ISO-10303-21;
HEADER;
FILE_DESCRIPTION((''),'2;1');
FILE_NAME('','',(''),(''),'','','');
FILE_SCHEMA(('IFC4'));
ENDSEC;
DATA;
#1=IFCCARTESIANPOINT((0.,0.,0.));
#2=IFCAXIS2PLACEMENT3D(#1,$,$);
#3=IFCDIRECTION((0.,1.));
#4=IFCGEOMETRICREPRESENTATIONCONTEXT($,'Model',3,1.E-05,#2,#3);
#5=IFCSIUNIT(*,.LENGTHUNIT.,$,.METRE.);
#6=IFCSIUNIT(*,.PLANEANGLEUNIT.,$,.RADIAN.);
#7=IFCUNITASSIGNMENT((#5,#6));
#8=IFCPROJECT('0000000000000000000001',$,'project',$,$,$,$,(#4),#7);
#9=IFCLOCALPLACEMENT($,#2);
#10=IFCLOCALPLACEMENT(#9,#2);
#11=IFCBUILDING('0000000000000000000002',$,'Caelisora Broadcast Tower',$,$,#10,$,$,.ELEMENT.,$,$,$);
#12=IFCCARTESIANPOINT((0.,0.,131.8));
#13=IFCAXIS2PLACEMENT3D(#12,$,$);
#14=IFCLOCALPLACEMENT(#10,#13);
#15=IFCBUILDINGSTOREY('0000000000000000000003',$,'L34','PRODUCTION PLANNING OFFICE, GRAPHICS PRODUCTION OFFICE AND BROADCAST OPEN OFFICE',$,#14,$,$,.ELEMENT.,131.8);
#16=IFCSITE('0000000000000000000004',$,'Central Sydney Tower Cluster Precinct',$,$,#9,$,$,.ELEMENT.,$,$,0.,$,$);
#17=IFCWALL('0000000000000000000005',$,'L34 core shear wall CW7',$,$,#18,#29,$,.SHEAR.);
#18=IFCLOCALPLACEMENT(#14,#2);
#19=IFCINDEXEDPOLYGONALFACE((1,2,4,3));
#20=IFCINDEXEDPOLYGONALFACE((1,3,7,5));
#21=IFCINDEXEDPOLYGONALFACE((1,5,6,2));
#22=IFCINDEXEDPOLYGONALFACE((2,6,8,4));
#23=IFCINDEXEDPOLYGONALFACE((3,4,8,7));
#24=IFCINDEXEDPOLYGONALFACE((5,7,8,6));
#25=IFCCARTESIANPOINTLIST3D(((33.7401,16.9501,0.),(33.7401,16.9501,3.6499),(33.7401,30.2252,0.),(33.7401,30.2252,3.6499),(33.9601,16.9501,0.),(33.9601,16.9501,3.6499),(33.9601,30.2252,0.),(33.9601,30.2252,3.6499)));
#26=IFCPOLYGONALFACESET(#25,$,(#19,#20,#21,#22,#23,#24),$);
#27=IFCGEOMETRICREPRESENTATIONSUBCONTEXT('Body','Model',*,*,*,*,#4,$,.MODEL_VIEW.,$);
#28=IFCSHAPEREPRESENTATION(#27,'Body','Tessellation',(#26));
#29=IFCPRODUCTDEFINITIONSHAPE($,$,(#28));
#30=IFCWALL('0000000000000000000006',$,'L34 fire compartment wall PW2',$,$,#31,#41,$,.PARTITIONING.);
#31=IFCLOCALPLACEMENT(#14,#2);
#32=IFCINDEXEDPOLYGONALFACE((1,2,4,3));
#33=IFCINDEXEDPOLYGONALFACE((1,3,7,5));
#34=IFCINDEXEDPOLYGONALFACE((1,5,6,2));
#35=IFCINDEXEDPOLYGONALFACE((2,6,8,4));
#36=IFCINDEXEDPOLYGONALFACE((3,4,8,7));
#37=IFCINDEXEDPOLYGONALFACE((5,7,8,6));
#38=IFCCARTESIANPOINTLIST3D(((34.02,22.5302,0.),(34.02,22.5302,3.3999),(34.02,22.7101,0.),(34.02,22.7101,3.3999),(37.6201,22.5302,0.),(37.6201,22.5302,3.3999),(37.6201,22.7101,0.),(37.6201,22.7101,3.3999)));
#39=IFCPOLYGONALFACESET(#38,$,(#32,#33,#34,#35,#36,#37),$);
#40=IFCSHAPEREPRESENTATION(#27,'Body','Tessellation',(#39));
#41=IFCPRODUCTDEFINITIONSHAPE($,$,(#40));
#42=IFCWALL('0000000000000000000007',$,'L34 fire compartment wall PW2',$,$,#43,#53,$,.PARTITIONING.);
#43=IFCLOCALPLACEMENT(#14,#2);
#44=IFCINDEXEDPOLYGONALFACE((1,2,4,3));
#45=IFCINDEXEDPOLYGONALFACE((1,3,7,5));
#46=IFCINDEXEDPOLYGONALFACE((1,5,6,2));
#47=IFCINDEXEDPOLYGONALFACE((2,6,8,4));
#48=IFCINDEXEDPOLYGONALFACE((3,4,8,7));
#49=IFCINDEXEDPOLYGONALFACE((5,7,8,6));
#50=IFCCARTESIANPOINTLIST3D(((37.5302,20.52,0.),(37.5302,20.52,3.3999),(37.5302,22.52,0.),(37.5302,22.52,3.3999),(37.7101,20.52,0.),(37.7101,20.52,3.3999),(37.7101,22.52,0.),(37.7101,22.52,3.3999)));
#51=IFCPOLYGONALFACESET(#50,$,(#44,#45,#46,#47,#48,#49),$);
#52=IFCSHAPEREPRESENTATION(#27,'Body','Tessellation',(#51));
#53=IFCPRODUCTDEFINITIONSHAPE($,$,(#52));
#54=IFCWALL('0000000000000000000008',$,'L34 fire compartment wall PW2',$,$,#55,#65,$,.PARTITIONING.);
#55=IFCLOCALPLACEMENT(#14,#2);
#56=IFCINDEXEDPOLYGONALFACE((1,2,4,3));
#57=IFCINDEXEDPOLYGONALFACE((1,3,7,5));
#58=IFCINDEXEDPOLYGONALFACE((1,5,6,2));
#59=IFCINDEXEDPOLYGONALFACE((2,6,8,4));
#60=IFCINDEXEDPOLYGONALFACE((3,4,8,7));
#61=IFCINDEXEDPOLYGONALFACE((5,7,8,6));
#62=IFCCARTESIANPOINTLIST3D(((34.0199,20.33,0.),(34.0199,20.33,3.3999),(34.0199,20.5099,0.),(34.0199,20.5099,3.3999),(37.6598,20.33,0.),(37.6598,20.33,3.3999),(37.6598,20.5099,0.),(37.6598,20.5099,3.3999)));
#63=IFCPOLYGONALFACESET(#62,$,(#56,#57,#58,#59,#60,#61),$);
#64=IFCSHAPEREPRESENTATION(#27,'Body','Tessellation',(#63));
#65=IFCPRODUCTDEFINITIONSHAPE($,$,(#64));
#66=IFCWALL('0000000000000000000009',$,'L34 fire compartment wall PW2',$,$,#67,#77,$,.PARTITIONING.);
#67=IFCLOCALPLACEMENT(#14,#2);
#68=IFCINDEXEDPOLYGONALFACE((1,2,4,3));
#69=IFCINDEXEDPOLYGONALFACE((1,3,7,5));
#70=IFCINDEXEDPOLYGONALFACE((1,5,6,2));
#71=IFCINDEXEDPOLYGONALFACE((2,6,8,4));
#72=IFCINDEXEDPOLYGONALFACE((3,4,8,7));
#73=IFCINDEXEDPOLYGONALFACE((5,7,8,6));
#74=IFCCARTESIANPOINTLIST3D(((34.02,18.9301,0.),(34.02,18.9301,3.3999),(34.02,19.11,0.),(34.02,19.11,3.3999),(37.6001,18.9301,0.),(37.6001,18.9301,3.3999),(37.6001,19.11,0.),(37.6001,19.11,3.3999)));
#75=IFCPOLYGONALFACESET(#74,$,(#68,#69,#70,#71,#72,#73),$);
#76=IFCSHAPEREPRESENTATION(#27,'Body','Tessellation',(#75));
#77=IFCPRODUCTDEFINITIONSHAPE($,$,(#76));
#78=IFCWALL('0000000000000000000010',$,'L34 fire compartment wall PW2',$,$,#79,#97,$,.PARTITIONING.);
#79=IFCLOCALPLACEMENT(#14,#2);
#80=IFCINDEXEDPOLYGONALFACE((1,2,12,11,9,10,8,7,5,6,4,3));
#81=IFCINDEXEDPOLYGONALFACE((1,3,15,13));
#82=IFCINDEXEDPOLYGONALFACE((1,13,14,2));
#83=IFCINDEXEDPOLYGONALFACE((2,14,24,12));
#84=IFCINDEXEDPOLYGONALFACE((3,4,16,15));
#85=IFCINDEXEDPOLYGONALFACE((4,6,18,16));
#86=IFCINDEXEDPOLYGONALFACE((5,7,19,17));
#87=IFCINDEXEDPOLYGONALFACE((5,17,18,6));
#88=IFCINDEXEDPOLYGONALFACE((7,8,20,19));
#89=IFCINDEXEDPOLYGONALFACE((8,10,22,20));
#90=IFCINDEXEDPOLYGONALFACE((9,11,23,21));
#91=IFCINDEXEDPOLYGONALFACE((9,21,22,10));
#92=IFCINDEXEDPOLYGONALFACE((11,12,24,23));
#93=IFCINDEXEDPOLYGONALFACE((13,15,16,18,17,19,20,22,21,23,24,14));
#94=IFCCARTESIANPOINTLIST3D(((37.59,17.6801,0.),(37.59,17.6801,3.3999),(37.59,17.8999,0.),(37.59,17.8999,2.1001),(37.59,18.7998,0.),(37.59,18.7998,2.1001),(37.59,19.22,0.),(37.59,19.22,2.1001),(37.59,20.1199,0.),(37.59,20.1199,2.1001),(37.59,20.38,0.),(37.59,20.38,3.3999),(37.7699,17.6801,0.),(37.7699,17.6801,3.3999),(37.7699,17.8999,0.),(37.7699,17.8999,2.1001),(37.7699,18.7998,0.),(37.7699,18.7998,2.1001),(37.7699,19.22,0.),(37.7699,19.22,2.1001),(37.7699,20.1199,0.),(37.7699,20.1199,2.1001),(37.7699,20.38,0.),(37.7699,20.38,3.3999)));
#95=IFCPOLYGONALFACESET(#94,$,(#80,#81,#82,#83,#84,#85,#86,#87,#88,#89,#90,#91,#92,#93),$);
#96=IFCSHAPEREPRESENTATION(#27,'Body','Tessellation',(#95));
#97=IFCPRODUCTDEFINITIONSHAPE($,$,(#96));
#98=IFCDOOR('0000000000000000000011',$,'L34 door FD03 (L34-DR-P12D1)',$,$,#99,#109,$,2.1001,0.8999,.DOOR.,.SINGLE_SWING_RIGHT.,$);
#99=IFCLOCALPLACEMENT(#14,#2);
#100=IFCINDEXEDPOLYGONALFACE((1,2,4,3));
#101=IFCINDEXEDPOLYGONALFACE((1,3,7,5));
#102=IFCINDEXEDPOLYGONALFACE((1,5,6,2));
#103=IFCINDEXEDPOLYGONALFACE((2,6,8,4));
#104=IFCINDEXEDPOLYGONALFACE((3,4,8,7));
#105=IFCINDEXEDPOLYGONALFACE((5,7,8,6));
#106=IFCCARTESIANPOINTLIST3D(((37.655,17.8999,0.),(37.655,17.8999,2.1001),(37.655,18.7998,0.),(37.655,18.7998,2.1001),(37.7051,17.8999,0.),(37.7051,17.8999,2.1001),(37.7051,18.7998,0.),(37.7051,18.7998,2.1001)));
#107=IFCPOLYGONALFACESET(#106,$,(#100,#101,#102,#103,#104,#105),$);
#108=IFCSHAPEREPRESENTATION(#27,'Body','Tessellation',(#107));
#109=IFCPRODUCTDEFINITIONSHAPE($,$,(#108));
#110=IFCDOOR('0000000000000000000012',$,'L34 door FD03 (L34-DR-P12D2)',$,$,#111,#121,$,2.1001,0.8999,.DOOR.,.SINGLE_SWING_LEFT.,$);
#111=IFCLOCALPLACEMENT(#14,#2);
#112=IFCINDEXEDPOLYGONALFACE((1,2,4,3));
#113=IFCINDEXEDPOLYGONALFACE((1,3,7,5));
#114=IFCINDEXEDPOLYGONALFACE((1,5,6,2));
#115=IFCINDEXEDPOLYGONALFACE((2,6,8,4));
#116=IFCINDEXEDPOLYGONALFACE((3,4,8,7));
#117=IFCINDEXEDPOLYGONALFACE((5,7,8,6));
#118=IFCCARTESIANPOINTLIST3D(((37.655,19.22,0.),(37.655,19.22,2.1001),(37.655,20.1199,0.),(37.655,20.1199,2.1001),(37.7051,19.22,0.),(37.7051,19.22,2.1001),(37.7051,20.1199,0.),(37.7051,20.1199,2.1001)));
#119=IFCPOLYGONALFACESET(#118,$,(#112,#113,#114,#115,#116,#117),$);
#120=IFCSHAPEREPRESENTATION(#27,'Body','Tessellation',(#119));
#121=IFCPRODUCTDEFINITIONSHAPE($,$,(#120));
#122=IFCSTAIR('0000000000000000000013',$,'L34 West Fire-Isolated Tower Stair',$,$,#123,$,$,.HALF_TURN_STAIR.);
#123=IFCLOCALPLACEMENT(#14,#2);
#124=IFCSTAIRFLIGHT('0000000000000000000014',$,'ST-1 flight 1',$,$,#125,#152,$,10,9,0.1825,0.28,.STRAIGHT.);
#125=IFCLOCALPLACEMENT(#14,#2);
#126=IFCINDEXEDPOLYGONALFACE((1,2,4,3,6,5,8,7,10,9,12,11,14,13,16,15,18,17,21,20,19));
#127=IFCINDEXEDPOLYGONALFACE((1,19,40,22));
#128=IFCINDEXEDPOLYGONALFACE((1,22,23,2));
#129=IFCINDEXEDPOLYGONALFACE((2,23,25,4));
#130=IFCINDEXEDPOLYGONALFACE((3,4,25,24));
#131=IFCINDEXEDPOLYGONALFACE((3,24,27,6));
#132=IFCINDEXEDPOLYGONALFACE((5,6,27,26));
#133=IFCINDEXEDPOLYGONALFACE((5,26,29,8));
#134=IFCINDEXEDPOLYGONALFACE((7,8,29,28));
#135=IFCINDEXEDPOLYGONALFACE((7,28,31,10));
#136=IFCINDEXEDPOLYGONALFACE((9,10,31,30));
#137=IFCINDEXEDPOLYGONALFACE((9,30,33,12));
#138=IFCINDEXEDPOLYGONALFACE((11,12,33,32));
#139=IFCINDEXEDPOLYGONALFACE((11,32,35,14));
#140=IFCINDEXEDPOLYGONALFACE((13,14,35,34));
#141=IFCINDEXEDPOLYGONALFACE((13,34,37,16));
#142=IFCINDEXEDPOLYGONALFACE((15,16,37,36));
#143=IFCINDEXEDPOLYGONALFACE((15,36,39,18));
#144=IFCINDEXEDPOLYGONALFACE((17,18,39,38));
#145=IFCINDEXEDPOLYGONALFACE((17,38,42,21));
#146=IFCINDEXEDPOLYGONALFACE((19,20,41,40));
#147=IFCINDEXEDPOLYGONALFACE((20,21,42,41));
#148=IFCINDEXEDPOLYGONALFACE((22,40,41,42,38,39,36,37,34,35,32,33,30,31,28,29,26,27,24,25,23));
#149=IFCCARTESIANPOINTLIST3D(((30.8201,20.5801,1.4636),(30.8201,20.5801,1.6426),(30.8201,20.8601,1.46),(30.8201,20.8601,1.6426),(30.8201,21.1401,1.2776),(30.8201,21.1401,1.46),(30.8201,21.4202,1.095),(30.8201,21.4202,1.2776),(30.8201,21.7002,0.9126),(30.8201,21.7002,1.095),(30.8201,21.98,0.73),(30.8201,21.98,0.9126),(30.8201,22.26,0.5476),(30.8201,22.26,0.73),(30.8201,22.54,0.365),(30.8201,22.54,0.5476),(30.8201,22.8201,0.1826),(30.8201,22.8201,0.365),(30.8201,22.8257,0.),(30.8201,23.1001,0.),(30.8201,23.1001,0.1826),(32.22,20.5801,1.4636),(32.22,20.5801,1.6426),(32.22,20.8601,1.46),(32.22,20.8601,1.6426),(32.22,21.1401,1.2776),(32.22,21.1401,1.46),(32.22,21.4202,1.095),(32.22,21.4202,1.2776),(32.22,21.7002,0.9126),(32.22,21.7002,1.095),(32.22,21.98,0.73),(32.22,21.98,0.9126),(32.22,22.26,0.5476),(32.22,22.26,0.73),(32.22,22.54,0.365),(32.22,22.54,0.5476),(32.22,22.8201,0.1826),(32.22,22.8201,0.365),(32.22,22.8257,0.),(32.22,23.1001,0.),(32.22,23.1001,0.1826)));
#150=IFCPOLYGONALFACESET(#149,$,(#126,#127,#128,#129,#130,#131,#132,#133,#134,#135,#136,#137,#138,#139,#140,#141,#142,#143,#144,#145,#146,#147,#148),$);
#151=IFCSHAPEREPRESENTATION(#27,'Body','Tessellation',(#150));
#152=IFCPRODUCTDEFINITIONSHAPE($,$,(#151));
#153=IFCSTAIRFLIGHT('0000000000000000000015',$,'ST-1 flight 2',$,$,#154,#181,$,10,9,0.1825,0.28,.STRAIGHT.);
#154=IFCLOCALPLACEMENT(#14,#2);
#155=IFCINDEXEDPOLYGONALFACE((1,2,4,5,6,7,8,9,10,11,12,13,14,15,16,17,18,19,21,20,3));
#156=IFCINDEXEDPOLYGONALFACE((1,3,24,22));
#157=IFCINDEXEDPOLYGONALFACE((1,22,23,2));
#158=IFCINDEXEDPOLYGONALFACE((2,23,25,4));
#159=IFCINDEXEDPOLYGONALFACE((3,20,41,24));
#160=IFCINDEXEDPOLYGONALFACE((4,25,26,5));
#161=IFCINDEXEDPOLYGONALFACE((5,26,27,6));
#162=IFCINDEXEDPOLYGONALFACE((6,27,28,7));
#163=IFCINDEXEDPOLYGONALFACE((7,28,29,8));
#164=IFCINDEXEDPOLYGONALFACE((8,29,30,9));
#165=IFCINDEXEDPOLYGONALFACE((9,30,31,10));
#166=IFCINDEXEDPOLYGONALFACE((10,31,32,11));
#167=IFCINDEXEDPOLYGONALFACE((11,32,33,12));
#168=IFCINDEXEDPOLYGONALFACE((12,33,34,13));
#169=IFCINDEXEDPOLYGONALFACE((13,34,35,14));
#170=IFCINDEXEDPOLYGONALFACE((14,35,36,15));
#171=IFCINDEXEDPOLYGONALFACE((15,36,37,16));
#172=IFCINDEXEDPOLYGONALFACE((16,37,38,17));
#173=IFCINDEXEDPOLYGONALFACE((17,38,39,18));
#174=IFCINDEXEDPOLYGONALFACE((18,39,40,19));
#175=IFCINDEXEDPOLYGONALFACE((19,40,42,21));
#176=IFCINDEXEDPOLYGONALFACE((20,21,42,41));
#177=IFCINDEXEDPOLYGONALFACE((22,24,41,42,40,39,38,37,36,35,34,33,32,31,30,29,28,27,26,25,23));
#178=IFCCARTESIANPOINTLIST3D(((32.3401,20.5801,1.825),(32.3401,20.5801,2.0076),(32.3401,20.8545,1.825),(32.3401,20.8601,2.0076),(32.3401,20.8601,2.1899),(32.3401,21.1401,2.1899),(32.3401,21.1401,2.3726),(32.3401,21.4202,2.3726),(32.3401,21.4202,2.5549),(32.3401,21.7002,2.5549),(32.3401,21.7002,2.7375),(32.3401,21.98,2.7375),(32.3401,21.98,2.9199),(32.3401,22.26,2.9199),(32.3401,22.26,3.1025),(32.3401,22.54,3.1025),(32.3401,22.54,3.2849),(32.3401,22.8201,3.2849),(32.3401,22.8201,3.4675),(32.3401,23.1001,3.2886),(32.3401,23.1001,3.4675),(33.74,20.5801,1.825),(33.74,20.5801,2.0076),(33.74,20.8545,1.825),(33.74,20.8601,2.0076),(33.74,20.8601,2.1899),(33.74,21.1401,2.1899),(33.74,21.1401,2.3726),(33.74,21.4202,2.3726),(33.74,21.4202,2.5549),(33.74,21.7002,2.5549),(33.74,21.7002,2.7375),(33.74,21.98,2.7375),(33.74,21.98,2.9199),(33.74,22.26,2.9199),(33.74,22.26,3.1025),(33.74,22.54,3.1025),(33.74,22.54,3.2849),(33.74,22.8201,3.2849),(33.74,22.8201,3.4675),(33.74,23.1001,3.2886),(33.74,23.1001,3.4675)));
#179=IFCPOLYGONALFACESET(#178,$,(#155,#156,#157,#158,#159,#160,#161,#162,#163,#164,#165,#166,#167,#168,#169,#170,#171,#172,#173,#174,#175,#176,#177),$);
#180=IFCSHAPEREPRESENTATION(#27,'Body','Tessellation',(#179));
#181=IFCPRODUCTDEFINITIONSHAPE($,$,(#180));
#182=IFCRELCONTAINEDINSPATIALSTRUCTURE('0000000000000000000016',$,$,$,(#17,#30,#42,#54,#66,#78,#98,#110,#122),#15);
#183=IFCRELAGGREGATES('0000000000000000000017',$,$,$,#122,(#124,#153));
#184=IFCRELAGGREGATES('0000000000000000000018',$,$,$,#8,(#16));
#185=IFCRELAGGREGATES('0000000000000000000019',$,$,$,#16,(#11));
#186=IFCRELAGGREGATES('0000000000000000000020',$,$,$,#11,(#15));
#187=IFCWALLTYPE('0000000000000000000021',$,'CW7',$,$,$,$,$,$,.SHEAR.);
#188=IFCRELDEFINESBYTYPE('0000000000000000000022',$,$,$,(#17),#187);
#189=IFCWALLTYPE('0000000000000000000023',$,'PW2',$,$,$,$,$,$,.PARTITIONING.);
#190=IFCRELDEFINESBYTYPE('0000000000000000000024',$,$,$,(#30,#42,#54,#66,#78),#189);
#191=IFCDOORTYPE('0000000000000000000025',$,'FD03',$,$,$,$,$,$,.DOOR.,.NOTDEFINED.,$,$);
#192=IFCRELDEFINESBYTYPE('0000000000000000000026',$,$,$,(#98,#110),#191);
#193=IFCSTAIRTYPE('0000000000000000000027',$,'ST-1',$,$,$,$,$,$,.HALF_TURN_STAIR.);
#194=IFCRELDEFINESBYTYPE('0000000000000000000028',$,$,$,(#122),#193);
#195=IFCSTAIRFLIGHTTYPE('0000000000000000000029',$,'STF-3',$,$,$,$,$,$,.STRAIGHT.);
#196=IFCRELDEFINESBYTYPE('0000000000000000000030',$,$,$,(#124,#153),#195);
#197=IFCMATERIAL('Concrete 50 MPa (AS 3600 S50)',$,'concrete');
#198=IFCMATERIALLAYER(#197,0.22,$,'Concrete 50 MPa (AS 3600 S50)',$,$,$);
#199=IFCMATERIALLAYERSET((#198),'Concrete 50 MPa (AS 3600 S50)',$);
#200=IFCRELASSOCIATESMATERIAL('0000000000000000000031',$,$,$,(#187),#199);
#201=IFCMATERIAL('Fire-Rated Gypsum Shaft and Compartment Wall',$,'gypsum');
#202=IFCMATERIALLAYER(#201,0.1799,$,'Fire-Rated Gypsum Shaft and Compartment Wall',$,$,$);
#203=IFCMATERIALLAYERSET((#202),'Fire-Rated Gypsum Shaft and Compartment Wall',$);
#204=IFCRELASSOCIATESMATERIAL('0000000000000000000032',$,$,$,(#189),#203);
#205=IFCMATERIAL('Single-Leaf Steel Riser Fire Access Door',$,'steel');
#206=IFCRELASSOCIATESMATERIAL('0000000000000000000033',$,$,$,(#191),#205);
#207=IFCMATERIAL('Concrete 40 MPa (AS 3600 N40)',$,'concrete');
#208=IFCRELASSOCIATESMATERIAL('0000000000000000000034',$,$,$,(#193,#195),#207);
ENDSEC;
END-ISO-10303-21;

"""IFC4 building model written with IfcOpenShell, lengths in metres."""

from ifc_helpers import new_model, si_unit, direction, frame, frame_2d, origin, place, context, subcontext, project, spatial, polyline, rectangle, outline, extrude, material, layer, layer_set, type_object, element, fill, aggregate, save


model = new_model("IFC4")

# Units and contexts
model_context = context("Model", 3, precision=1e-05, world=origin(), true_north=direction((0.0, 1.0)))
body_context = subcontext(model_context, "Body", "Model", "MODEL_VIEW")
ifc_project = project(units=[si_unit("LENGTHUNIT", "METRE"), si_unit("PLANEANGLEUNIT", "RADIAN")], contexts=[model_context])

# Site, building, storey
site_placement = place(None, origin())
site = spatial("IfcSite", under=ifc_project, at=site_placement, Name="Central Sydney Tower Cluster Precinct", CompositionType="ELEMENT", RefElevation=0.0)
building_placement = place(site_placement, origin())
building = spatial("IfcBuilding", under=site, at=building_placement, Name="Caelisora Broadcast Tower", CompositionType="ELEMENT")
storey_placement = place(building_placement, frame((0.0, 0.0, 131.8)))
storey = spatial("IfcBuildingStorey", under=building, at=storey_placement, Name="L34", Description="PRODUCTION PLANNING OFFICE, GRAPHICS PRODUCTION OFFICE AND BROADCAST OPEN OFFICE", CompositionType="ELEMENT", Elevation=131.8)

# Walls
ifc_material_1 = material(Name="Concrete 50 MPa (AS 3600 S50)", Category="concrete")
ifc_layer_1 = layer(ifc_material_1, 0.22, Name="Concrete 50 MPa (AS 3600 S50)")
ifc_layer_set_1 = layer_set([ifc_layer_1], Name="Concrete 50 MPa (AS 3600 S50)")
wall_type_1 = type_object("IfcWallType", Name="CW7", PredefinedType="SHEAR", material=ifc_layer_set_1)
wall_1_placement = place(storey_placement, frame((33.8501, 16.95, 0.0), z_axis=(0.0, 0.0, 1.0), x_axis=(0.0, 1.0, 0.0)))
element("IfcWall", 1, at=wall_1_placement, inside=storey, type_object=wall_type_1, Name="L34 core shear wall CW7", PredefinedType="SHEAR", context=body_context, shape_type="SweptSolid", body=[
    extrude(rectangle(XDim=13.2751, YDim=0.22, at=frame_2d((6.6377, 0.0))), origin(), (0.0, 0.0, 1.0), 3.6499),
])
ifc_material_2 = material(Name="Fire-Rated Gypsum Shaft and Compartment Wall", Category="gypsum")
ifc_layer_2 = layer(ifc_material_2, 0.1799, Name="Fire-Rated Gypsum Shaft and Compartment Wall")
ifc_layer_set_2 = layer_set([ifc_layer_2], Name="Fire-Rated Gypsum Shaft and Compartment Wall")
wall_type_2 = type_object("IfcWallType", Name="PW2", PredefinedType="PARTITIONING", material=ifc_layer_set_2)
wall_2_placement = place(storey_placement, frame((34.02, 22.6201, 0.0), z_axis=(0.0, 0.0, 1.0), x_axis=(1.0, 0.0, 0.0)))
element("IfcWall", 2, at=wall_2_placement, inside=storey, type_object=wall_type_2, Name="L34 fire compartment wall PW2", PredefinedType="PARTITIONING", context=body_context, shape_type="SweptSolid", body=[
    extrude(rectangle(XDim=3.6001, YDim=0.1799, at=frame_2d((1.8, 0.0))), origin(), (0.0, 0.0, 1.0), 3.3999),
])
wall_3_placement = place(storey_placement, frame((37.6201, 20.52, 0.0), z_axis=(0.0, 0.0, 1.0), x_axis=(0.0, 1.0, 0.0)))
element("IfcWall", 3, at=wall_3_placement, inside=storey, type_object=wall_type_2, Name="L34 fire compartment wall PW2", PredefinedType="PARTITIONING", context=body_context, shape_type="SweptSolid", body=[
    extrude(rectangle(XDim=2.0, YDim=0.1799, at=frame_2d((1.0, 0.0))), origin(), (0.0, 0.0, 1.0), 3.3999),
])
wall_4_placement = place(storey_placement, frame((34.02, 20.4199, 0.0), z_axis=(0.0, 0.0, 1.0), x_axis=(1.0, 0.0, 0.0)))
element("IfcWall", 4, at=wall_4_placement, inside=storey, type_object=wall_type_2, Name="L34 fire compartment wall PW2", PredefinedType="PARTITIONING", context=body_context, shape_type="SweptSolid", body=[
    extrude(rectangle(XDim=3.6399, YDim=0.1799, at=frame_2d((1.8198, 0.0))), origin(), (0.0, 0.0, 1.0), 3.3999),
])
wall_5_placement = place(storey_placement, frame((34.02, 19.02, 0.0), z_axis=(0.0, 0.0, 1.0), x_axis=(1.0, 0.0, 0.0)))
element("IfcWall", 5, at=wall_5_placement, inside=storey, type_object=wall_type_2, Name="L34 fire compartment wall PW2", PredefinedType="PARTITIONING", context=body_context, shape_type="SweptSolid", body=[
    extrude(rectangle(XDim=3.5801, YDim=0.1799, at=frame_2d((1.79, 0.0))), origin(), (0.0, 0.0, 1.0), 3.3999),
])

# Wall, openings, doors
wall_6_placement = place(storey_placement, frame((37.6799, 17.6799, 0.0), z_axis=(0.0, 0.0, 1.0), x_axis=(0.0, 1.0, 0.0)))
wall_6 = element("IfcWall", 6, at=wall_6_placement, inside=storey, type_object=wall_type_2, Name="L34 fire compartment wall PW2", PredefinedType="PARTITIONING", context=body_context, shape_type="SweptSolid", body=[
    extrude(rectangle(XDim=2.7, YDim=0.1799, at=frame_2d((1.3501, 0.0))), origin(), (0.0, 0.0, 1.0), 3.3999),
])
opening_1_placement = place(wall_6_placement, frame((0.22, 0.0, 0.0)))
opening_1 = element("IfcOpeningElement", 7, at=opening_1_placement, cuts=wall_6, PredefinedType="OPENING", context=body_context, shape_type="SweptSolid", body=[
    extrude(rectangle(XDim=0.8999, YDim=2.1001, at=frame_2d((0.45, 1.05))), frame((0.0, 0.1021, 0.0), z_axis=(0.0, -1.0, 0.0), x_axis=(1.0, 0.0, 0.0)), (0.0, 0.0, 1.0), 0.2039),
])
opening_2_placement = place(wall_6_placement, frame((1.54, 0.0, 0.0)))
opening_2 = element("IfcOpeningElement", 8, at=opening_2_placement, cuts=wall_6, PredefinedType="OPENING", context=body_context, shape_type="SweptSolid", body=[
    extrude(rectangle(XDim=0.8999, YDim=2.1001, at=frame_2d((0.45, 1.05))), frame((0.0, 0.1021, 0.0), z_axis=(0.0, -1.0, 0.0), x_axis=(1.0, 0.0, 0.0)), (0.0, 0.0, 1.0), 0.2039),
])
ifc_material_3 = material(Name="Single-Leaf Steel Riser Fire Access Door", Category="steel")
door_type = type_object("IfcDoorType", Name="FD03", OperationType="NOTDEFINED", PredefinedType="DOOR", material=ifc_material_3)
door_1_placement = place(opening_1_placement, origin())
door_1 = element("IfcDoor", 9, at=door_1_placement, inside=storey, type_object=door_type, Name="L34 door FD03 (L34-DR-P12D1)", OperationType="SINGLE_SWING_RIGHT", OverallHeight=2.1001, OverallWidth=0.8999, PredefinedType="DOOR", context=body_context, shape_type="SweptSolid", body=[
    extrude(rectangle(XDim=0.8999, YDim=2.1001, at=frame_2d((0.45, 1.05))), frame((0.0, 0.0249, 0.0), z_axis=(0.0, -1.0, 0.0), x_axis=(1.0, 0.0, 0.0)), (0.0, 0.0, 1.0), 0.05),
])
fill(opening_1, door_1)
door_2_placement = place(opening_2_placement, origin())
door_2 = element("IfcDoor", 10, at=door_2_placement, inside=storey, type_object=door_type, Name="L34 door FD03 (L34-DR-P12D2)", OperationType="SINGLE_SWING_LEFT", OverallHeight=2.1001, OverallWidth=0.8999, PredefinedType="DOOR", context=body_context, shape_type="SweptSolid", body=[
    extrude(rectangle(XDim=0.8999, YDim=2.1001, at=frame_2d((0.45, 1.05))), frame((0.0, 0.0249, 0.0), z_axis=(0.0, -1.0, 0.0), x_axis=(1.0, 0.0, 0.0)), (0.0, 0.0, 1.0), 0.05),
])
fill(opening_2, door_2)

# Stair, stair flights
ifc_material_4 = material(Name="Concrete 40 MPa (AS 3600 N40)", Category="concrete")
stair_type = type_object("IfcStairType", Name="ST-1", PredefinedType="HALF_TURN_STAIR", material=ifc_material_4)
stair_placement = place(storey_placement, origin())
stair = element("IfcStair", 11, at=stair_placement, inside=storey, type_object=stair_type, Name="L34 West Fire-Isolated Tower Stair", PredefinedType="HALF_TURN_STAIR")
stair_flight_type = type_object("IfcStairFlightType", Name="STF-3", PredefinedType="STRAIGHT", material=ifc_material_4)
stair_flight_1_placement = place(storey_placement, frame((31.52, 23.1001, 0.0), z_axis=(0.0, 0.0, 1.0), x_axis=(0.0, -1.0, 0.0)))
stair_flight_1 = element("IfcStairFlight", 12, at=stair_flight_1_placement, type_object=stair_flight_type, Name="ST-1 flight 1", NumberOfRisers=10, NumberOfTreads=9, PredefinedType="STRAIGHT", RiserHeight=0.1825, TreadLength=0.28, context=body_context, shape_type="SweptSolid", body=[
    extrude(outline(polyline([(0.0, 0.0), (0.0, 0.1826), (0.28, 0.1826), (0.28, 0.365), (0.5601, 0.365), (0.5601, 0.5476), (0.8401, 0.5476), (0.8401, 0.73), (1.1201, 0.73), (1.1201, 0.9126), (1.3999, 0.9126), (1.3999, 1.095), (1.6799, 1.095), (1.6799, 1.2776), (1.96, 1.2776), (1.96, 1.46), (2.24, 1.46), (2.24, 1.6426), (2.52, 1.6426), (2.52, 1.825), (2.52, 1.4636), (0.2744, 0.0), (0.0, 0.0)])), frame((0.0, 0.7, 0.0), z_axis=(0.0, -1.0, 0.0), x_axis=(1.0, 0.0, 0.0)), (0.0, 0.0, 1.0), 1.3999),
])
stair_flight_2_placement = place(storey_placement, frame((33.04, 20.5801, 1.825), z_axis=(0.0, 0.0, 1.0), x_axis=(0.0, 1.0, 0.0)))
stair_flight_2 = element("IfcStairFlight", 13, at=stair_flight_2_placement, type_object=stair_flight_type, Name="ST-1 flight 2", NumberOfRisers=10, NumberOfTreads=9, PredefinedType="STRAIGHT", RiserHeight=0.1825, TreadLength=0.28, context=body_context, shape_type="SweptSolid", body=[
    extrude(outline(polyline([(0.0, 0.0), (0.0, 0.1826), (0.28, 0.1826), (0.28, 0.365), (0.5601, 0.365), (0.5601, 0.5476), (0.8401, 0.5476), (0.8401, 0.73), (1.1201, 0.73), (1.1201, 0.9126), (1.3999, 0.9126), (1.3999, 1.095), (1.6799, 1.095), (1.6799, 1.2776), (1.96, 1.2776), (1.96, 1.46), (2.24, 1.46), (2.24, 1.6426), (2.52, 1.6426), (2.52, 1.825), (2.52, 1.4636), (0.2744, 0.0), (0.0, 0.0)])), frame((0.0, 0.7, 0.0), z_axis=(0.0, -1.0, 0.0), x_axis=(1.0, 0.0, 0.0)), (0.0, 0.0, 1.0), 1.3999),
])
aggregate(stair, [stair_flight_1, stair_flight_2])

save(model, "model.ifc")
